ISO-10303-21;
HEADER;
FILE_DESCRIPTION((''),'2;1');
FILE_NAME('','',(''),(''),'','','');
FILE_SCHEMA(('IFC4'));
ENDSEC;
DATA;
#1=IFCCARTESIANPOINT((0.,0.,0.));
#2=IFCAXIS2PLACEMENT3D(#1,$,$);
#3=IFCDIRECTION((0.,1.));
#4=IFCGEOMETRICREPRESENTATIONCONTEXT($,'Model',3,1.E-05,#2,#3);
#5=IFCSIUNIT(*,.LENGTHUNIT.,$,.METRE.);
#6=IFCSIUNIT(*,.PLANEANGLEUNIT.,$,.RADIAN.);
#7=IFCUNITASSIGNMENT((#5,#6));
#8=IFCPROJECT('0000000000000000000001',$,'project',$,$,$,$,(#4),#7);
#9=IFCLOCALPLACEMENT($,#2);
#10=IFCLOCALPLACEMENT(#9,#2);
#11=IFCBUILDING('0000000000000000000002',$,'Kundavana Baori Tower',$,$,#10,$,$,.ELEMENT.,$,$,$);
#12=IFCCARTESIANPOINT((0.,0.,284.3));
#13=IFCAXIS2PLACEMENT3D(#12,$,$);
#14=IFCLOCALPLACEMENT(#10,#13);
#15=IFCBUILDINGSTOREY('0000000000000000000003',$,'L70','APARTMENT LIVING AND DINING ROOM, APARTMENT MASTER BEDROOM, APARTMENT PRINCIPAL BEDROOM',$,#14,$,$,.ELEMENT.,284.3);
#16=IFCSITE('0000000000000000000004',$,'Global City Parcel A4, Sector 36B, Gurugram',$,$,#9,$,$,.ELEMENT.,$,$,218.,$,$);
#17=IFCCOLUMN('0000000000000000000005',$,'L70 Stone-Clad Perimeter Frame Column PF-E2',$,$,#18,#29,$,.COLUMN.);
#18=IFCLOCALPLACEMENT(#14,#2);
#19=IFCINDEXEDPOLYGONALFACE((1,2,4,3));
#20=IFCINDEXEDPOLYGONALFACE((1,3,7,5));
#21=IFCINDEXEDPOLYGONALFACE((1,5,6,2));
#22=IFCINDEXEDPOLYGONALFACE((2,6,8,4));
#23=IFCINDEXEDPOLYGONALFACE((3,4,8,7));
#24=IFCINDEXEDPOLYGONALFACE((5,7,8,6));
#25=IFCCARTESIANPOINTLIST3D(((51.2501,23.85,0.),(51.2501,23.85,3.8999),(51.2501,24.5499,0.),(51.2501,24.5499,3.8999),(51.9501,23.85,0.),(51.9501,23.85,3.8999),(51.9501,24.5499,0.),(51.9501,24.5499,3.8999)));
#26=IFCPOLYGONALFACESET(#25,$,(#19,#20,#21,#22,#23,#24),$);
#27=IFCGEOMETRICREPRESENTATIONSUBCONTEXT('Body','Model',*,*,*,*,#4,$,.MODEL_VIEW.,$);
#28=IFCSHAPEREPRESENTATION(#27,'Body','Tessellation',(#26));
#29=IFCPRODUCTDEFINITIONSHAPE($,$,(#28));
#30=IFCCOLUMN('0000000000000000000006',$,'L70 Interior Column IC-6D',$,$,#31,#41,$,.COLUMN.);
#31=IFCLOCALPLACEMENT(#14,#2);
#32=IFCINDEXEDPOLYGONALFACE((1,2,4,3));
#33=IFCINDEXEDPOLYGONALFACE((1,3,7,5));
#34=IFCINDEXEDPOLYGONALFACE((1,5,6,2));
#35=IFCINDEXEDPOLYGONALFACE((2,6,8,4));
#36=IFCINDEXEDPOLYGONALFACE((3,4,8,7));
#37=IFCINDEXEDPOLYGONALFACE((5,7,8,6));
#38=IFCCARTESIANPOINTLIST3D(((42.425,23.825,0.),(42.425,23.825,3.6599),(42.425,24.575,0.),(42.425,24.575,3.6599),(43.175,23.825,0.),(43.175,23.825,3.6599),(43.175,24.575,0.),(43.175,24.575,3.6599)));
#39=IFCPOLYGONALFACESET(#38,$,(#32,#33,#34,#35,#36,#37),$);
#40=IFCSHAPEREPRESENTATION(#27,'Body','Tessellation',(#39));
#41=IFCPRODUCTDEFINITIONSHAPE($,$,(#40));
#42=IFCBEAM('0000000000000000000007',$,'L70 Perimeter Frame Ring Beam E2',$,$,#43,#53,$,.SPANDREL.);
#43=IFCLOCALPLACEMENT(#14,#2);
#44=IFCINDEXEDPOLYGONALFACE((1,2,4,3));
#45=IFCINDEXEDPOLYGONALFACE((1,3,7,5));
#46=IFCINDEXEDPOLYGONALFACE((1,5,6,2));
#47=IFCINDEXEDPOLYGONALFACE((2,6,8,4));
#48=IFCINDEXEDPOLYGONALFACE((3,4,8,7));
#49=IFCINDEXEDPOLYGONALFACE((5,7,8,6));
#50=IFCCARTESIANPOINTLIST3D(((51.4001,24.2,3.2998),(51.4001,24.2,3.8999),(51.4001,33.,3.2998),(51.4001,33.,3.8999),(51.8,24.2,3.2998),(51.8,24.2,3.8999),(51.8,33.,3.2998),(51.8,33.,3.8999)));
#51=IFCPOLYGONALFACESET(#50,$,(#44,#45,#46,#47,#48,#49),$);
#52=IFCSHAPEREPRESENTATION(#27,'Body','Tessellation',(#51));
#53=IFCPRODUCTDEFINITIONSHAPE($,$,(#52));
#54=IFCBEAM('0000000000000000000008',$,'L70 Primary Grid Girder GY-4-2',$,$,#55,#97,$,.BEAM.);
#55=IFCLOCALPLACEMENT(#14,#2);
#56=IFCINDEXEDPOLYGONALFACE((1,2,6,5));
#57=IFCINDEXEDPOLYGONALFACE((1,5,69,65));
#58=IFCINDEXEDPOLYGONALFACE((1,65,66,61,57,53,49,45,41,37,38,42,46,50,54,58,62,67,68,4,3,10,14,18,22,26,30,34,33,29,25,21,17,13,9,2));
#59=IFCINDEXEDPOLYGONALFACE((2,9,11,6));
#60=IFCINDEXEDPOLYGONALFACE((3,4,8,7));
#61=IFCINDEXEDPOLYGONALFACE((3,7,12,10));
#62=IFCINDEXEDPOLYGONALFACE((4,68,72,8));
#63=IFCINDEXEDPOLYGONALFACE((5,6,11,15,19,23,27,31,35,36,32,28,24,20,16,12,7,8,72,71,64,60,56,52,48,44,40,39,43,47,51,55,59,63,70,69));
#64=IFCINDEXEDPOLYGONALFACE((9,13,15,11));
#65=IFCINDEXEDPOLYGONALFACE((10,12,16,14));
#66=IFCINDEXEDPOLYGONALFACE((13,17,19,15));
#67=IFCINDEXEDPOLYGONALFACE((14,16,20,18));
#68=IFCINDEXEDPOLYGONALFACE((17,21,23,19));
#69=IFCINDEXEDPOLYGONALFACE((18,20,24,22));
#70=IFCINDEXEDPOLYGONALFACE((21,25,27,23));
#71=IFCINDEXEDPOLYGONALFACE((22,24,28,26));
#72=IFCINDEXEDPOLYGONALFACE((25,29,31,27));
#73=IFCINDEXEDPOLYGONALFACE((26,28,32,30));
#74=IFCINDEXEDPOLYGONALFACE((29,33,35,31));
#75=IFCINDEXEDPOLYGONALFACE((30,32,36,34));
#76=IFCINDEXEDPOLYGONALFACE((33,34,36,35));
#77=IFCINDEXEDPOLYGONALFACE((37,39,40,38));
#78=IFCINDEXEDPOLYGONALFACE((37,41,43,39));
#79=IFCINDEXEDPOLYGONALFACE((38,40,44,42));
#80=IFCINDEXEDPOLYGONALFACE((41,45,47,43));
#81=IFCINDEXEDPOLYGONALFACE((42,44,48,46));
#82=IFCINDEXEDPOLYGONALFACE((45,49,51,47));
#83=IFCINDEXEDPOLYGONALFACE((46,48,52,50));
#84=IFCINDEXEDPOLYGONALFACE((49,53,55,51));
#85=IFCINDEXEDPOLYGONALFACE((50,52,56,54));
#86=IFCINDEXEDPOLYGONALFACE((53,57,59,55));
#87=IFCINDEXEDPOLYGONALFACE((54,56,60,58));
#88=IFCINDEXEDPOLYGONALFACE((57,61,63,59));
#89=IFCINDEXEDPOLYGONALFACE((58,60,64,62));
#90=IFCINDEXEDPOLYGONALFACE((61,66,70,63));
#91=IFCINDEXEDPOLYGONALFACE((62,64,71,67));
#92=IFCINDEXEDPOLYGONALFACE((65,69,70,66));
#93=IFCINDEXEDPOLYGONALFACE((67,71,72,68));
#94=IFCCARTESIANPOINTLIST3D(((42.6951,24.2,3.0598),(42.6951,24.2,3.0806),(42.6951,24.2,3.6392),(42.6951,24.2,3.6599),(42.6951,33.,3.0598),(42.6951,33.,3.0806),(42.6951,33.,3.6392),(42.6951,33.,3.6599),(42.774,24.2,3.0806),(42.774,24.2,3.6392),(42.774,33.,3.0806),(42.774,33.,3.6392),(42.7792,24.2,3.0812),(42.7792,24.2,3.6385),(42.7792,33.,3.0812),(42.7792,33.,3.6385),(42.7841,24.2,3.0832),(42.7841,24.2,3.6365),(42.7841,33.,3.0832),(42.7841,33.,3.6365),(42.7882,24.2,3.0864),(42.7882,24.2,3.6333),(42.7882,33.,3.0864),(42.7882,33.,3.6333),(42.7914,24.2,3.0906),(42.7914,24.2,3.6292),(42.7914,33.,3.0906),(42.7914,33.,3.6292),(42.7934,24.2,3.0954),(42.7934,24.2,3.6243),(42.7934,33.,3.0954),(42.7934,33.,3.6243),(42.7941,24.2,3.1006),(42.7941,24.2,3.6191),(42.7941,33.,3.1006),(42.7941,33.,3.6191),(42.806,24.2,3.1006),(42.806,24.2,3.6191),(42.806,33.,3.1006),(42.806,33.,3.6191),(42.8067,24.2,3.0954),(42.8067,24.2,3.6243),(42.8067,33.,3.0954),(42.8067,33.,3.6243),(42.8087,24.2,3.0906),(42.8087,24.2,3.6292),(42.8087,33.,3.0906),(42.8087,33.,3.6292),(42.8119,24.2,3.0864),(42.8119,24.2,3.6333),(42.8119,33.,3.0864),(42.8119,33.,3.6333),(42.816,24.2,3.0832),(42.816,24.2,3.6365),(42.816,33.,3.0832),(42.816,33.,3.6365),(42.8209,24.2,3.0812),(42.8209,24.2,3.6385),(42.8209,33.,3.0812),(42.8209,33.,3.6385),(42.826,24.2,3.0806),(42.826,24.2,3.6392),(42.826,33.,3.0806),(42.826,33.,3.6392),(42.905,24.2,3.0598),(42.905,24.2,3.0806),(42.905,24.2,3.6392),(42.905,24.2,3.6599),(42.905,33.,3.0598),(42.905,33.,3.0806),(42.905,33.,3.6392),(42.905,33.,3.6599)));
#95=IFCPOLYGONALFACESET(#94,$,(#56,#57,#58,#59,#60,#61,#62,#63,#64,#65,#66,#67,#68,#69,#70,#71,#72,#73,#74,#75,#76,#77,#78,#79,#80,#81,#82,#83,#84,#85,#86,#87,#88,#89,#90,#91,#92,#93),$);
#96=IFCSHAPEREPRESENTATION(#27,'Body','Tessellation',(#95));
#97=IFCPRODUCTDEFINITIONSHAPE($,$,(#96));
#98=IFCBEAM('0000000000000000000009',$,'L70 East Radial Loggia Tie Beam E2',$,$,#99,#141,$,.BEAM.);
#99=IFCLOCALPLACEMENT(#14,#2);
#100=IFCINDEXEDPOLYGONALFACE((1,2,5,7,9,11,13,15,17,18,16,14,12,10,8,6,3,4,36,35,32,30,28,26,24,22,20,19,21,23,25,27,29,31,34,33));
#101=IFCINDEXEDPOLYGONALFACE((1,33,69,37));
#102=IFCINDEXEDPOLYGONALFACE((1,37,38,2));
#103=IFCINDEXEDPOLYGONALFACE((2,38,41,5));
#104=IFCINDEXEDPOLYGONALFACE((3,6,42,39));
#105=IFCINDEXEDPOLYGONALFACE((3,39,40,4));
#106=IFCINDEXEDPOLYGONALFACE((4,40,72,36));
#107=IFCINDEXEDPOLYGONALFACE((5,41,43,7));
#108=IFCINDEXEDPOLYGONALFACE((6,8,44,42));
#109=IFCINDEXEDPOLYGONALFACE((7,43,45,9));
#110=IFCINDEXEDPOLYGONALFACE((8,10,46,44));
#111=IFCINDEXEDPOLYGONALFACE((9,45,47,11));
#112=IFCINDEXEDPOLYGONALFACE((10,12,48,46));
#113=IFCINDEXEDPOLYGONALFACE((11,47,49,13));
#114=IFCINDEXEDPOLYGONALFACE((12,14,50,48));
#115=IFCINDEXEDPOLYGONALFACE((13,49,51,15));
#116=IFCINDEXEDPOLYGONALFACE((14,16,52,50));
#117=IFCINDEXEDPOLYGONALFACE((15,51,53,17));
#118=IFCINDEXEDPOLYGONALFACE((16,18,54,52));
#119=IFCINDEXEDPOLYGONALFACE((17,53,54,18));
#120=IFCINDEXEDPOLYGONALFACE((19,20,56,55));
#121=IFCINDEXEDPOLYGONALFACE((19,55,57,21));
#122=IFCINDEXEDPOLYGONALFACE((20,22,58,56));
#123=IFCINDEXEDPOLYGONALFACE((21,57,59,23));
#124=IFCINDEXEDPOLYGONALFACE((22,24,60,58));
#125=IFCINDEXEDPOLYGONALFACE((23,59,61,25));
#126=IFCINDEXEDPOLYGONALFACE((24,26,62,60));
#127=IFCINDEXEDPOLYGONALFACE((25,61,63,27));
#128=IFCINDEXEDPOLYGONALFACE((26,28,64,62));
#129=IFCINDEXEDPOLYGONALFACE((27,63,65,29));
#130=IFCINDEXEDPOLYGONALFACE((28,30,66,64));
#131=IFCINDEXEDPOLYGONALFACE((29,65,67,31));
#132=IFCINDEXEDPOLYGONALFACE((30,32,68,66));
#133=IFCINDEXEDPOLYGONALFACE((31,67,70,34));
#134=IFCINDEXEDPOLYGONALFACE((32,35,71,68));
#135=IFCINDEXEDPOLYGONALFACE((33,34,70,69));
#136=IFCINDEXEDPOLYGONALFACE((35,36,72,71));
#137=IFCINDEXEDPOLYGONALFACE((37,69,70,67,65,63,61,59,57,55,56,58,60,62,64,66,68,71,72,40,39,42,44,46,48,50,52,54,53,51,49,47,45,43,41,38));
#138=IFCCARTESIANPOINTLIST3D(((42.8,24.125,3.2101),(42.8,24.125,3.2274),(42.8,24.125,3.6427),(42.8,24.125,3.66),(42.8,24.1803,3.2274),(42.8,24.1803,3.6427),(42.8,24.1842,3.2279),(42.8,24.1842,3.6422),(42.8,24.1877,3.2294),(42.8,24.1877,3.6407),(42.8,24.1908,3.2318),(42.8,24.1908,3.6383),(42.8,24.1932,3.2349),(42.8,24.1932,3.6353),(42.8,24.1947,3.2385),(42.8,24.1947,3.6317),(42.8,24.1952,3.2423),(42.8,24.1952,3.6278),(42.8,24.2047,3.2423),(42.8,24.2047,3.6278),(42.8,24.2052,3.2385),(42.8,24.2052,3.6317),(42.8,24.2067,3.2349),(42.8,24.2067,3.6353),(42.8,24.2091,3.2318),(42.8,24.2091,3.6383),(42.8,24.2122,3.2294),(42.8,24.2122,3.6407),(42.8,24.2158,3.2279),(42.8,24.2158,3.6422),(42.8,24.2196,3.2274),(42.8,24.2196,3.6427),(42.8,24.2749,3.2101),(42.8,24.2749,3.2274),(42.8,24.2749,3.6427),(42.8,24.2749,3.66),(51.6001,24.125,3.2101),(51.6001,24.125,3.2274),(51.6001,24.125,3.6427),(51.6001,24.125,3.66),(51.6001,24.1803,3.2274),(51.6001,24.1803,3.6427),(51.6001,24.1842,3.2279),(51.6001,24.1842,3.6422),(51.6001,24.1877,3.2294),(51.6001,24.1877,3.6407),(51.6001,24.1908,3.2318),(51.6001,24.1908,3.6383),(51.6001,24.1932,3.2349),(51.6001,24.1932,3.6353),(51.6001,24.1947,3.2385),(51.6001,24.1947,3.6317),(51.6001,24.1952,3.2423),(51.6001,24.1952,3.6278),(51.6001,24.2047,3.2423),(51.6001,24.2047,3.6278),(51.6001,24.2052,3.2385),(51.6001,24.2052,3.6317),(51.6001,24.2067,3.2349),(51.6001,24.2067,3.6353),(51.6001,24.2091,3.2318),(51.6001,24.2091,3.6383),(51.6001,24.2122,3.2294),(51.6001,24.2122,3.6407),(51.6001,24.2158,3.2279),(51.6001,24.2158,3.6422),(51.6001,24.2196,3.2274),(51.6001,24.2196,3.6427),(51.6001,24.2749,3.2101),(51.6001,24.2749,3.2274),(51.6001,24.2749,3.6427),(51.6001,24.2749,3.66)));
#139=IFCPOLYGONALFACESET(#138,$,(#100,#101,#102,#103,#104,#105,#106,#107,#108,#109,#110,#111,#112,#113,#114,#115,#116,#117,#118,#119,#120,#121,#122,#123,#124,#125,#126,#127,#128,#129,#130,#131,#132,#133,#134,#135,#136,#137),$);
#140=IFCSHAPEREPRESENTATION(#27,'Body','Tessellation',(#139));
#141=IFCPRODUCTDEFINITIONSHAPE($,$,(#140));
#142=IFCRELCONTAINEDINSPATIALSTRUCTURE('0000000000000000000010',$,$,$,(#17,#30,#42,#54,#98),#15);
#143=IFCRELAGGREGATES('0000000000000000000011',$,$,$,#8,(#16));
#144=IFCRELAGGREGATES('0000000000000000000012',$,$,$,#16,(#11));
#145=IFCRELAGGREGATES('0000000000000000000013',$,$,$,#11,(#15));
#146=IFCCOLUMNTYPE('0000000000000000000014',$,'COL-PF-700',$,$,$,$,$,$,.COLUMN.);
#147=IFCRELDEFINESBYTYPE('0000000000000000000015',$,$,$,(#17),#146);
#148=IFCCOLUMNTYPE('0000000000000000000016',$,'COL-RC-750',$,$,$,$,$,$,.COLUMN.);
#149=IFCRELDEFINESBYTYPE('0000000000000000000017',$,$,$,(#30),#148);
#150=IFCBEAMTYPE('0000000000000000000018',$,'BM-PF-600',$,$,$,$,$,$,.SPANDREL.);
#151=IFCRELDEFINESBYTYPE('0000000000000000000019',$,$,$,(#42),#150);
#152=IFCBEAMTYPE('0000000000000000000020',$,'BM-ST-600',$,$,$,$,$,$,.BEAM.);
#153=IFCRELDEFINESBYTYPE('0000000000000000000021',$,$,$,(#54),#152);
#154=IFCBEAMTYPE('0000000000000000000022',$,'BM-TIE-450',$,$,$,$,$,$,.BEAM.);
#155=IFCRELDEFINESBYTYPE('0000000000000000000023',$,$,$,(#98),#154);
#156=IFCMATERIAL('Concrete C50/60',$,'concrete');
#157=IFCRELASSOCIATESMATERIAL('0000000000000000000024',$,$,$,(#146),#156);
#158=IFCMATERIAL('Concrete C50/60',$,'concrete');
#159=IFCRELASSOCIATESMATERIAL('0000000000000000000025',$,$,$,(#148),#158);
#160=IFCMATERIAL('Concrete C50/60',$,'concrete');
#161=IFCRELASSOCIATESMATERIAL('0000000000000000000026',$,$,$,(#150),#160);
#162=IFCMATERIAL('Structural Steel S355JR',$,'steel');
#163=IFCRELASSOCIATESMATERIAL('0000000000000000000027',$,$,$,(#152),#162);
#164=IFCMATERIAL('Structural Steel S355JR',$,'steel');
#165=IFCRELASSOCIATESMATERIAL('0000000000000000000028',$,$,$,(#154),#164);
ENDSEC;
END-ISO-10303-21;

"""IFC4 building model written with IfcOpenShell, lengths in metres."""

from ifc_helpers import new_model, si_unit, direction, frame, origin, origin_2d, place, context, subcontext, project, spatial, rectangle, i_section, extrude, material, material_profile, profile_set, type_object, element, save


model = new_model("IFC4")

# Units and contexts
model_context = context("Model", 3, precision=1e-05, world=origin(), true_north=direction((0.0, 1.0)))
body_context = subcontext(model_context, "Body", "Model", "MODEL_VIEW")
ifc_project = project(units=[si_unit("LENGTHUNIT", "METRE"), si_unit("PLANEANGLEUNIT", "RADIAN")], contexts=[model_context])

# Site, building, storey
site_placement = place(None, origin())
site = spatial("IfcSite", under=ifc_project, at=site_placement, Name="Global City Parcel A4, Sector 36B, Gurugram", CompositionType="ELEMENT", RefElevation=218.0)
building_placement = place(site_placement, origin())
building = spatial("IfcBuilding", under=site, at=building_placement, Name="Kundavana Baori Tower", CompositionType="ELEMENT")
storey_placement = place(building_placement, frame((0.0, 0.0, 284.3)))
storey = spatial("IfcBuildingStorey", under=building, at=storey_placement, Name="L70", Description="APARTMENT LIVING AND DINING ROOM, APARTMENT MASTER BEDROOM, APARTMENT PRINCIPAL BEDROOM", CompositionType="ELEMENT", Elevation=284.3)

# Columns
ifc_material_1 = material(Name="Concrete C50/60", Category="concrete")
ifc_material_profile_1 = material_profile(ifc_material_1, rectangle(XDim=0.7, YDim=0.7, at=origin_2d()), Name="RC PF 700x700")
ifc_profile_set_1 = profile_set([ifc_material_profile_1], Name="Concrete C50/60")
column_type_1 = type_object("IfcColumnType", Name="COL-PF-700", PredefinedType="COLUMN", material=ifc_profile_set_1)
column_1_placement = place(storey_placement, frame((51.6001, 24.2, 0.0), z_axis=(0.0, 0.0, 1.0), x_axis=(1.0, 0.0, 0.0)))
element("IfcColumn", 1, at=column_1_placement, inside=storey, type_object=column_type_1, Name="L70 Stone-Clad Perimeter Frame Column PF-E2", PredefinedType="COLUMN", context=body_context, shape_type="SweptSolid", body=[
    extrude(rectangle(XDim=0.7, YDim=0.7, at=origin_2d()), origin(), (0.0, 0.0, 1.0), 3.8999),
])
ifc_material_2 = material(Name="Concrete C50/60", Category="concrete")
ifc_material_profile_2 = material_profile(ifc_material_2, rectangle(XDim=0.75, YDim=0.75, at=origin_2d()), Name="RC 750x750")
ifc_profile_set_2 = profile_set([ifc_material_profile_2], Name="Concrete C50/60")
column_type_2 = type_object("IfcColumnType", Name="COL-RC-750", PredefinedType="COLUMN", material=ifc_profile_set_2)
column_2_placement = place(storey_placement, frame((42.8, 24.2, 0.0), z_axis=(0.0, 0.0, 1.0), x_axis=(1.0, 0.0, 0.0)))
element("IfcColumn", 2, at=column_2_placement, inside=storey, type_object=column_type_2, Name="L70 Interior Column IC-6D", PredefinedType="COLUMN", context=body_context, shape_type="SweptSolid", body=[
    extrude(rectangle(XDim=0.75, YDim=0.75, at=origin_2d()), origin(), (0.0, 0.0, 1.0), 3.6599),
])

# Beams
ifc_material_3 = material(Name="Concrete C50/60", Category="concrete")
ifc_material_profile_3 = material_profile(ifc_material_3, rectangle(XDim=0.3999, YDim=0.6001, at=origin_2d()), Name="RC BM 400x600")
ifc_profile_set_3 = profile_set([ifc_material_profile_3], Name="Concrete C50/60")
beam_type_1 = type_object("IfcBeamType", Name="BM-PF-600", PredefinedType="SPANDREL", material=ifc_profile_set_3)
beam_1_placement = place(storey_placement, frame((51.6001, 24.2, 3.5999), z_axis=(0.0, 1.0, 0.0), x_axis=(-1.0, 0.0, 0.0)))
element("IfcBeam", 3, at=beam_1_placement, inside=storey, type_object=beam_type_1, Name="L70 Perimeter Frame Ring Beam E2", PredefinedType="SPANDREL", context=body_context, shape_type="SweptSolid", body=[
    extrude(rectangle(XDim=0.3999, YDim=0.6001, at=origin_2d()), origin(), (0.0, 0.0, 1.0), 8.8),
])
ifc_material_4 = material(Name="Structural Steel S355JR", Category="steel")
ifc_material_profile_4 = material_profile(ifc_material_4, i_section(OverallWidth=0.21, OverallDepth=0.6001, WebThickness=0.012, FlangeThickness=0.0208, FilletRadius=0.02, at=origin_2d()), Name="ISMB 600")
ifc_profile_set_4 = profile_set([ifc_material_profile_4], Name="Structural Steel S355JR")
beam_type_2 = type_object("IfcBeamType", Name="BM-ST-600", PredefinedType="BEAM", material=ifc_profile_set_4)
beam_2_placement = place(storey_placement, frame((42.8, 24.2, 3.3599), z_axis=(0.0, 1.0, 0.0), x_axis=(-1.0, 0.0, 0.0)))
element("IfcBeam", 4, at=beam_2_placement, inside=storey, type_object=beam_type_2, Name="L70 Primary Grid Girder GY-4-2", PredefinedType="BEAM", context=body_context, shape_type="SweptSolid", body=[
    extrude(i_section(OverallWidth=0.21, OverallDepth=0.6001, WebThickness=0.012, FlangeThickness=0.0208, FilletRadius=0.02, at=origin_2d()), origin(), (0.0, 0.0, 1.0), 8.8),
])
ifc_material_5 = material(Name="Structural Steel S355JR", Category="steel")
ifc_material_profile_5 = material_profile(ifc_material_5, i_section(OverallWidth=0.1499, OverallDepth=0.45, WebThickness=0.0095, FlangeThickness=0.0173, FilletRadius=0.0149, at=origin_2d()), Name="ISMB 450")
ifc_profile_set_5 = profile_set([ifc_material_profile_5], Name="Structural Steel S355JR")
beam_type_3 = type_object("IfcBeamType", Name="BM-TIE-450", PredefinedType="BEAM", material=ifc_profile_set_5)
beam_3_placement = place(storey_placement, frame((42.8, 24.2, 3.4351), z_axis=(1.0, 0.0, 0.0), x_axis=(0.0, 1.0, 0.0)))
element("IfcBeam", 5, at=beam_3_placement, inside=storey, type_object=beam_type_3, Name="L70 East Radial Loggia Tie Beam E2", PredefinedType="BEAM", context=body_context, shape_type="SweptSolid", body=[
    extrude(i_section(OverallWidth=0.1499, OverallDepth=0.45, WebThickness=0.0095, FlangeThickness=0.0173, FilletRadius=0.0149, at=origin_2d()), origin(), (0.0, 0.0, 1.0), 8.8),
])

save(model, "model.ifc")
